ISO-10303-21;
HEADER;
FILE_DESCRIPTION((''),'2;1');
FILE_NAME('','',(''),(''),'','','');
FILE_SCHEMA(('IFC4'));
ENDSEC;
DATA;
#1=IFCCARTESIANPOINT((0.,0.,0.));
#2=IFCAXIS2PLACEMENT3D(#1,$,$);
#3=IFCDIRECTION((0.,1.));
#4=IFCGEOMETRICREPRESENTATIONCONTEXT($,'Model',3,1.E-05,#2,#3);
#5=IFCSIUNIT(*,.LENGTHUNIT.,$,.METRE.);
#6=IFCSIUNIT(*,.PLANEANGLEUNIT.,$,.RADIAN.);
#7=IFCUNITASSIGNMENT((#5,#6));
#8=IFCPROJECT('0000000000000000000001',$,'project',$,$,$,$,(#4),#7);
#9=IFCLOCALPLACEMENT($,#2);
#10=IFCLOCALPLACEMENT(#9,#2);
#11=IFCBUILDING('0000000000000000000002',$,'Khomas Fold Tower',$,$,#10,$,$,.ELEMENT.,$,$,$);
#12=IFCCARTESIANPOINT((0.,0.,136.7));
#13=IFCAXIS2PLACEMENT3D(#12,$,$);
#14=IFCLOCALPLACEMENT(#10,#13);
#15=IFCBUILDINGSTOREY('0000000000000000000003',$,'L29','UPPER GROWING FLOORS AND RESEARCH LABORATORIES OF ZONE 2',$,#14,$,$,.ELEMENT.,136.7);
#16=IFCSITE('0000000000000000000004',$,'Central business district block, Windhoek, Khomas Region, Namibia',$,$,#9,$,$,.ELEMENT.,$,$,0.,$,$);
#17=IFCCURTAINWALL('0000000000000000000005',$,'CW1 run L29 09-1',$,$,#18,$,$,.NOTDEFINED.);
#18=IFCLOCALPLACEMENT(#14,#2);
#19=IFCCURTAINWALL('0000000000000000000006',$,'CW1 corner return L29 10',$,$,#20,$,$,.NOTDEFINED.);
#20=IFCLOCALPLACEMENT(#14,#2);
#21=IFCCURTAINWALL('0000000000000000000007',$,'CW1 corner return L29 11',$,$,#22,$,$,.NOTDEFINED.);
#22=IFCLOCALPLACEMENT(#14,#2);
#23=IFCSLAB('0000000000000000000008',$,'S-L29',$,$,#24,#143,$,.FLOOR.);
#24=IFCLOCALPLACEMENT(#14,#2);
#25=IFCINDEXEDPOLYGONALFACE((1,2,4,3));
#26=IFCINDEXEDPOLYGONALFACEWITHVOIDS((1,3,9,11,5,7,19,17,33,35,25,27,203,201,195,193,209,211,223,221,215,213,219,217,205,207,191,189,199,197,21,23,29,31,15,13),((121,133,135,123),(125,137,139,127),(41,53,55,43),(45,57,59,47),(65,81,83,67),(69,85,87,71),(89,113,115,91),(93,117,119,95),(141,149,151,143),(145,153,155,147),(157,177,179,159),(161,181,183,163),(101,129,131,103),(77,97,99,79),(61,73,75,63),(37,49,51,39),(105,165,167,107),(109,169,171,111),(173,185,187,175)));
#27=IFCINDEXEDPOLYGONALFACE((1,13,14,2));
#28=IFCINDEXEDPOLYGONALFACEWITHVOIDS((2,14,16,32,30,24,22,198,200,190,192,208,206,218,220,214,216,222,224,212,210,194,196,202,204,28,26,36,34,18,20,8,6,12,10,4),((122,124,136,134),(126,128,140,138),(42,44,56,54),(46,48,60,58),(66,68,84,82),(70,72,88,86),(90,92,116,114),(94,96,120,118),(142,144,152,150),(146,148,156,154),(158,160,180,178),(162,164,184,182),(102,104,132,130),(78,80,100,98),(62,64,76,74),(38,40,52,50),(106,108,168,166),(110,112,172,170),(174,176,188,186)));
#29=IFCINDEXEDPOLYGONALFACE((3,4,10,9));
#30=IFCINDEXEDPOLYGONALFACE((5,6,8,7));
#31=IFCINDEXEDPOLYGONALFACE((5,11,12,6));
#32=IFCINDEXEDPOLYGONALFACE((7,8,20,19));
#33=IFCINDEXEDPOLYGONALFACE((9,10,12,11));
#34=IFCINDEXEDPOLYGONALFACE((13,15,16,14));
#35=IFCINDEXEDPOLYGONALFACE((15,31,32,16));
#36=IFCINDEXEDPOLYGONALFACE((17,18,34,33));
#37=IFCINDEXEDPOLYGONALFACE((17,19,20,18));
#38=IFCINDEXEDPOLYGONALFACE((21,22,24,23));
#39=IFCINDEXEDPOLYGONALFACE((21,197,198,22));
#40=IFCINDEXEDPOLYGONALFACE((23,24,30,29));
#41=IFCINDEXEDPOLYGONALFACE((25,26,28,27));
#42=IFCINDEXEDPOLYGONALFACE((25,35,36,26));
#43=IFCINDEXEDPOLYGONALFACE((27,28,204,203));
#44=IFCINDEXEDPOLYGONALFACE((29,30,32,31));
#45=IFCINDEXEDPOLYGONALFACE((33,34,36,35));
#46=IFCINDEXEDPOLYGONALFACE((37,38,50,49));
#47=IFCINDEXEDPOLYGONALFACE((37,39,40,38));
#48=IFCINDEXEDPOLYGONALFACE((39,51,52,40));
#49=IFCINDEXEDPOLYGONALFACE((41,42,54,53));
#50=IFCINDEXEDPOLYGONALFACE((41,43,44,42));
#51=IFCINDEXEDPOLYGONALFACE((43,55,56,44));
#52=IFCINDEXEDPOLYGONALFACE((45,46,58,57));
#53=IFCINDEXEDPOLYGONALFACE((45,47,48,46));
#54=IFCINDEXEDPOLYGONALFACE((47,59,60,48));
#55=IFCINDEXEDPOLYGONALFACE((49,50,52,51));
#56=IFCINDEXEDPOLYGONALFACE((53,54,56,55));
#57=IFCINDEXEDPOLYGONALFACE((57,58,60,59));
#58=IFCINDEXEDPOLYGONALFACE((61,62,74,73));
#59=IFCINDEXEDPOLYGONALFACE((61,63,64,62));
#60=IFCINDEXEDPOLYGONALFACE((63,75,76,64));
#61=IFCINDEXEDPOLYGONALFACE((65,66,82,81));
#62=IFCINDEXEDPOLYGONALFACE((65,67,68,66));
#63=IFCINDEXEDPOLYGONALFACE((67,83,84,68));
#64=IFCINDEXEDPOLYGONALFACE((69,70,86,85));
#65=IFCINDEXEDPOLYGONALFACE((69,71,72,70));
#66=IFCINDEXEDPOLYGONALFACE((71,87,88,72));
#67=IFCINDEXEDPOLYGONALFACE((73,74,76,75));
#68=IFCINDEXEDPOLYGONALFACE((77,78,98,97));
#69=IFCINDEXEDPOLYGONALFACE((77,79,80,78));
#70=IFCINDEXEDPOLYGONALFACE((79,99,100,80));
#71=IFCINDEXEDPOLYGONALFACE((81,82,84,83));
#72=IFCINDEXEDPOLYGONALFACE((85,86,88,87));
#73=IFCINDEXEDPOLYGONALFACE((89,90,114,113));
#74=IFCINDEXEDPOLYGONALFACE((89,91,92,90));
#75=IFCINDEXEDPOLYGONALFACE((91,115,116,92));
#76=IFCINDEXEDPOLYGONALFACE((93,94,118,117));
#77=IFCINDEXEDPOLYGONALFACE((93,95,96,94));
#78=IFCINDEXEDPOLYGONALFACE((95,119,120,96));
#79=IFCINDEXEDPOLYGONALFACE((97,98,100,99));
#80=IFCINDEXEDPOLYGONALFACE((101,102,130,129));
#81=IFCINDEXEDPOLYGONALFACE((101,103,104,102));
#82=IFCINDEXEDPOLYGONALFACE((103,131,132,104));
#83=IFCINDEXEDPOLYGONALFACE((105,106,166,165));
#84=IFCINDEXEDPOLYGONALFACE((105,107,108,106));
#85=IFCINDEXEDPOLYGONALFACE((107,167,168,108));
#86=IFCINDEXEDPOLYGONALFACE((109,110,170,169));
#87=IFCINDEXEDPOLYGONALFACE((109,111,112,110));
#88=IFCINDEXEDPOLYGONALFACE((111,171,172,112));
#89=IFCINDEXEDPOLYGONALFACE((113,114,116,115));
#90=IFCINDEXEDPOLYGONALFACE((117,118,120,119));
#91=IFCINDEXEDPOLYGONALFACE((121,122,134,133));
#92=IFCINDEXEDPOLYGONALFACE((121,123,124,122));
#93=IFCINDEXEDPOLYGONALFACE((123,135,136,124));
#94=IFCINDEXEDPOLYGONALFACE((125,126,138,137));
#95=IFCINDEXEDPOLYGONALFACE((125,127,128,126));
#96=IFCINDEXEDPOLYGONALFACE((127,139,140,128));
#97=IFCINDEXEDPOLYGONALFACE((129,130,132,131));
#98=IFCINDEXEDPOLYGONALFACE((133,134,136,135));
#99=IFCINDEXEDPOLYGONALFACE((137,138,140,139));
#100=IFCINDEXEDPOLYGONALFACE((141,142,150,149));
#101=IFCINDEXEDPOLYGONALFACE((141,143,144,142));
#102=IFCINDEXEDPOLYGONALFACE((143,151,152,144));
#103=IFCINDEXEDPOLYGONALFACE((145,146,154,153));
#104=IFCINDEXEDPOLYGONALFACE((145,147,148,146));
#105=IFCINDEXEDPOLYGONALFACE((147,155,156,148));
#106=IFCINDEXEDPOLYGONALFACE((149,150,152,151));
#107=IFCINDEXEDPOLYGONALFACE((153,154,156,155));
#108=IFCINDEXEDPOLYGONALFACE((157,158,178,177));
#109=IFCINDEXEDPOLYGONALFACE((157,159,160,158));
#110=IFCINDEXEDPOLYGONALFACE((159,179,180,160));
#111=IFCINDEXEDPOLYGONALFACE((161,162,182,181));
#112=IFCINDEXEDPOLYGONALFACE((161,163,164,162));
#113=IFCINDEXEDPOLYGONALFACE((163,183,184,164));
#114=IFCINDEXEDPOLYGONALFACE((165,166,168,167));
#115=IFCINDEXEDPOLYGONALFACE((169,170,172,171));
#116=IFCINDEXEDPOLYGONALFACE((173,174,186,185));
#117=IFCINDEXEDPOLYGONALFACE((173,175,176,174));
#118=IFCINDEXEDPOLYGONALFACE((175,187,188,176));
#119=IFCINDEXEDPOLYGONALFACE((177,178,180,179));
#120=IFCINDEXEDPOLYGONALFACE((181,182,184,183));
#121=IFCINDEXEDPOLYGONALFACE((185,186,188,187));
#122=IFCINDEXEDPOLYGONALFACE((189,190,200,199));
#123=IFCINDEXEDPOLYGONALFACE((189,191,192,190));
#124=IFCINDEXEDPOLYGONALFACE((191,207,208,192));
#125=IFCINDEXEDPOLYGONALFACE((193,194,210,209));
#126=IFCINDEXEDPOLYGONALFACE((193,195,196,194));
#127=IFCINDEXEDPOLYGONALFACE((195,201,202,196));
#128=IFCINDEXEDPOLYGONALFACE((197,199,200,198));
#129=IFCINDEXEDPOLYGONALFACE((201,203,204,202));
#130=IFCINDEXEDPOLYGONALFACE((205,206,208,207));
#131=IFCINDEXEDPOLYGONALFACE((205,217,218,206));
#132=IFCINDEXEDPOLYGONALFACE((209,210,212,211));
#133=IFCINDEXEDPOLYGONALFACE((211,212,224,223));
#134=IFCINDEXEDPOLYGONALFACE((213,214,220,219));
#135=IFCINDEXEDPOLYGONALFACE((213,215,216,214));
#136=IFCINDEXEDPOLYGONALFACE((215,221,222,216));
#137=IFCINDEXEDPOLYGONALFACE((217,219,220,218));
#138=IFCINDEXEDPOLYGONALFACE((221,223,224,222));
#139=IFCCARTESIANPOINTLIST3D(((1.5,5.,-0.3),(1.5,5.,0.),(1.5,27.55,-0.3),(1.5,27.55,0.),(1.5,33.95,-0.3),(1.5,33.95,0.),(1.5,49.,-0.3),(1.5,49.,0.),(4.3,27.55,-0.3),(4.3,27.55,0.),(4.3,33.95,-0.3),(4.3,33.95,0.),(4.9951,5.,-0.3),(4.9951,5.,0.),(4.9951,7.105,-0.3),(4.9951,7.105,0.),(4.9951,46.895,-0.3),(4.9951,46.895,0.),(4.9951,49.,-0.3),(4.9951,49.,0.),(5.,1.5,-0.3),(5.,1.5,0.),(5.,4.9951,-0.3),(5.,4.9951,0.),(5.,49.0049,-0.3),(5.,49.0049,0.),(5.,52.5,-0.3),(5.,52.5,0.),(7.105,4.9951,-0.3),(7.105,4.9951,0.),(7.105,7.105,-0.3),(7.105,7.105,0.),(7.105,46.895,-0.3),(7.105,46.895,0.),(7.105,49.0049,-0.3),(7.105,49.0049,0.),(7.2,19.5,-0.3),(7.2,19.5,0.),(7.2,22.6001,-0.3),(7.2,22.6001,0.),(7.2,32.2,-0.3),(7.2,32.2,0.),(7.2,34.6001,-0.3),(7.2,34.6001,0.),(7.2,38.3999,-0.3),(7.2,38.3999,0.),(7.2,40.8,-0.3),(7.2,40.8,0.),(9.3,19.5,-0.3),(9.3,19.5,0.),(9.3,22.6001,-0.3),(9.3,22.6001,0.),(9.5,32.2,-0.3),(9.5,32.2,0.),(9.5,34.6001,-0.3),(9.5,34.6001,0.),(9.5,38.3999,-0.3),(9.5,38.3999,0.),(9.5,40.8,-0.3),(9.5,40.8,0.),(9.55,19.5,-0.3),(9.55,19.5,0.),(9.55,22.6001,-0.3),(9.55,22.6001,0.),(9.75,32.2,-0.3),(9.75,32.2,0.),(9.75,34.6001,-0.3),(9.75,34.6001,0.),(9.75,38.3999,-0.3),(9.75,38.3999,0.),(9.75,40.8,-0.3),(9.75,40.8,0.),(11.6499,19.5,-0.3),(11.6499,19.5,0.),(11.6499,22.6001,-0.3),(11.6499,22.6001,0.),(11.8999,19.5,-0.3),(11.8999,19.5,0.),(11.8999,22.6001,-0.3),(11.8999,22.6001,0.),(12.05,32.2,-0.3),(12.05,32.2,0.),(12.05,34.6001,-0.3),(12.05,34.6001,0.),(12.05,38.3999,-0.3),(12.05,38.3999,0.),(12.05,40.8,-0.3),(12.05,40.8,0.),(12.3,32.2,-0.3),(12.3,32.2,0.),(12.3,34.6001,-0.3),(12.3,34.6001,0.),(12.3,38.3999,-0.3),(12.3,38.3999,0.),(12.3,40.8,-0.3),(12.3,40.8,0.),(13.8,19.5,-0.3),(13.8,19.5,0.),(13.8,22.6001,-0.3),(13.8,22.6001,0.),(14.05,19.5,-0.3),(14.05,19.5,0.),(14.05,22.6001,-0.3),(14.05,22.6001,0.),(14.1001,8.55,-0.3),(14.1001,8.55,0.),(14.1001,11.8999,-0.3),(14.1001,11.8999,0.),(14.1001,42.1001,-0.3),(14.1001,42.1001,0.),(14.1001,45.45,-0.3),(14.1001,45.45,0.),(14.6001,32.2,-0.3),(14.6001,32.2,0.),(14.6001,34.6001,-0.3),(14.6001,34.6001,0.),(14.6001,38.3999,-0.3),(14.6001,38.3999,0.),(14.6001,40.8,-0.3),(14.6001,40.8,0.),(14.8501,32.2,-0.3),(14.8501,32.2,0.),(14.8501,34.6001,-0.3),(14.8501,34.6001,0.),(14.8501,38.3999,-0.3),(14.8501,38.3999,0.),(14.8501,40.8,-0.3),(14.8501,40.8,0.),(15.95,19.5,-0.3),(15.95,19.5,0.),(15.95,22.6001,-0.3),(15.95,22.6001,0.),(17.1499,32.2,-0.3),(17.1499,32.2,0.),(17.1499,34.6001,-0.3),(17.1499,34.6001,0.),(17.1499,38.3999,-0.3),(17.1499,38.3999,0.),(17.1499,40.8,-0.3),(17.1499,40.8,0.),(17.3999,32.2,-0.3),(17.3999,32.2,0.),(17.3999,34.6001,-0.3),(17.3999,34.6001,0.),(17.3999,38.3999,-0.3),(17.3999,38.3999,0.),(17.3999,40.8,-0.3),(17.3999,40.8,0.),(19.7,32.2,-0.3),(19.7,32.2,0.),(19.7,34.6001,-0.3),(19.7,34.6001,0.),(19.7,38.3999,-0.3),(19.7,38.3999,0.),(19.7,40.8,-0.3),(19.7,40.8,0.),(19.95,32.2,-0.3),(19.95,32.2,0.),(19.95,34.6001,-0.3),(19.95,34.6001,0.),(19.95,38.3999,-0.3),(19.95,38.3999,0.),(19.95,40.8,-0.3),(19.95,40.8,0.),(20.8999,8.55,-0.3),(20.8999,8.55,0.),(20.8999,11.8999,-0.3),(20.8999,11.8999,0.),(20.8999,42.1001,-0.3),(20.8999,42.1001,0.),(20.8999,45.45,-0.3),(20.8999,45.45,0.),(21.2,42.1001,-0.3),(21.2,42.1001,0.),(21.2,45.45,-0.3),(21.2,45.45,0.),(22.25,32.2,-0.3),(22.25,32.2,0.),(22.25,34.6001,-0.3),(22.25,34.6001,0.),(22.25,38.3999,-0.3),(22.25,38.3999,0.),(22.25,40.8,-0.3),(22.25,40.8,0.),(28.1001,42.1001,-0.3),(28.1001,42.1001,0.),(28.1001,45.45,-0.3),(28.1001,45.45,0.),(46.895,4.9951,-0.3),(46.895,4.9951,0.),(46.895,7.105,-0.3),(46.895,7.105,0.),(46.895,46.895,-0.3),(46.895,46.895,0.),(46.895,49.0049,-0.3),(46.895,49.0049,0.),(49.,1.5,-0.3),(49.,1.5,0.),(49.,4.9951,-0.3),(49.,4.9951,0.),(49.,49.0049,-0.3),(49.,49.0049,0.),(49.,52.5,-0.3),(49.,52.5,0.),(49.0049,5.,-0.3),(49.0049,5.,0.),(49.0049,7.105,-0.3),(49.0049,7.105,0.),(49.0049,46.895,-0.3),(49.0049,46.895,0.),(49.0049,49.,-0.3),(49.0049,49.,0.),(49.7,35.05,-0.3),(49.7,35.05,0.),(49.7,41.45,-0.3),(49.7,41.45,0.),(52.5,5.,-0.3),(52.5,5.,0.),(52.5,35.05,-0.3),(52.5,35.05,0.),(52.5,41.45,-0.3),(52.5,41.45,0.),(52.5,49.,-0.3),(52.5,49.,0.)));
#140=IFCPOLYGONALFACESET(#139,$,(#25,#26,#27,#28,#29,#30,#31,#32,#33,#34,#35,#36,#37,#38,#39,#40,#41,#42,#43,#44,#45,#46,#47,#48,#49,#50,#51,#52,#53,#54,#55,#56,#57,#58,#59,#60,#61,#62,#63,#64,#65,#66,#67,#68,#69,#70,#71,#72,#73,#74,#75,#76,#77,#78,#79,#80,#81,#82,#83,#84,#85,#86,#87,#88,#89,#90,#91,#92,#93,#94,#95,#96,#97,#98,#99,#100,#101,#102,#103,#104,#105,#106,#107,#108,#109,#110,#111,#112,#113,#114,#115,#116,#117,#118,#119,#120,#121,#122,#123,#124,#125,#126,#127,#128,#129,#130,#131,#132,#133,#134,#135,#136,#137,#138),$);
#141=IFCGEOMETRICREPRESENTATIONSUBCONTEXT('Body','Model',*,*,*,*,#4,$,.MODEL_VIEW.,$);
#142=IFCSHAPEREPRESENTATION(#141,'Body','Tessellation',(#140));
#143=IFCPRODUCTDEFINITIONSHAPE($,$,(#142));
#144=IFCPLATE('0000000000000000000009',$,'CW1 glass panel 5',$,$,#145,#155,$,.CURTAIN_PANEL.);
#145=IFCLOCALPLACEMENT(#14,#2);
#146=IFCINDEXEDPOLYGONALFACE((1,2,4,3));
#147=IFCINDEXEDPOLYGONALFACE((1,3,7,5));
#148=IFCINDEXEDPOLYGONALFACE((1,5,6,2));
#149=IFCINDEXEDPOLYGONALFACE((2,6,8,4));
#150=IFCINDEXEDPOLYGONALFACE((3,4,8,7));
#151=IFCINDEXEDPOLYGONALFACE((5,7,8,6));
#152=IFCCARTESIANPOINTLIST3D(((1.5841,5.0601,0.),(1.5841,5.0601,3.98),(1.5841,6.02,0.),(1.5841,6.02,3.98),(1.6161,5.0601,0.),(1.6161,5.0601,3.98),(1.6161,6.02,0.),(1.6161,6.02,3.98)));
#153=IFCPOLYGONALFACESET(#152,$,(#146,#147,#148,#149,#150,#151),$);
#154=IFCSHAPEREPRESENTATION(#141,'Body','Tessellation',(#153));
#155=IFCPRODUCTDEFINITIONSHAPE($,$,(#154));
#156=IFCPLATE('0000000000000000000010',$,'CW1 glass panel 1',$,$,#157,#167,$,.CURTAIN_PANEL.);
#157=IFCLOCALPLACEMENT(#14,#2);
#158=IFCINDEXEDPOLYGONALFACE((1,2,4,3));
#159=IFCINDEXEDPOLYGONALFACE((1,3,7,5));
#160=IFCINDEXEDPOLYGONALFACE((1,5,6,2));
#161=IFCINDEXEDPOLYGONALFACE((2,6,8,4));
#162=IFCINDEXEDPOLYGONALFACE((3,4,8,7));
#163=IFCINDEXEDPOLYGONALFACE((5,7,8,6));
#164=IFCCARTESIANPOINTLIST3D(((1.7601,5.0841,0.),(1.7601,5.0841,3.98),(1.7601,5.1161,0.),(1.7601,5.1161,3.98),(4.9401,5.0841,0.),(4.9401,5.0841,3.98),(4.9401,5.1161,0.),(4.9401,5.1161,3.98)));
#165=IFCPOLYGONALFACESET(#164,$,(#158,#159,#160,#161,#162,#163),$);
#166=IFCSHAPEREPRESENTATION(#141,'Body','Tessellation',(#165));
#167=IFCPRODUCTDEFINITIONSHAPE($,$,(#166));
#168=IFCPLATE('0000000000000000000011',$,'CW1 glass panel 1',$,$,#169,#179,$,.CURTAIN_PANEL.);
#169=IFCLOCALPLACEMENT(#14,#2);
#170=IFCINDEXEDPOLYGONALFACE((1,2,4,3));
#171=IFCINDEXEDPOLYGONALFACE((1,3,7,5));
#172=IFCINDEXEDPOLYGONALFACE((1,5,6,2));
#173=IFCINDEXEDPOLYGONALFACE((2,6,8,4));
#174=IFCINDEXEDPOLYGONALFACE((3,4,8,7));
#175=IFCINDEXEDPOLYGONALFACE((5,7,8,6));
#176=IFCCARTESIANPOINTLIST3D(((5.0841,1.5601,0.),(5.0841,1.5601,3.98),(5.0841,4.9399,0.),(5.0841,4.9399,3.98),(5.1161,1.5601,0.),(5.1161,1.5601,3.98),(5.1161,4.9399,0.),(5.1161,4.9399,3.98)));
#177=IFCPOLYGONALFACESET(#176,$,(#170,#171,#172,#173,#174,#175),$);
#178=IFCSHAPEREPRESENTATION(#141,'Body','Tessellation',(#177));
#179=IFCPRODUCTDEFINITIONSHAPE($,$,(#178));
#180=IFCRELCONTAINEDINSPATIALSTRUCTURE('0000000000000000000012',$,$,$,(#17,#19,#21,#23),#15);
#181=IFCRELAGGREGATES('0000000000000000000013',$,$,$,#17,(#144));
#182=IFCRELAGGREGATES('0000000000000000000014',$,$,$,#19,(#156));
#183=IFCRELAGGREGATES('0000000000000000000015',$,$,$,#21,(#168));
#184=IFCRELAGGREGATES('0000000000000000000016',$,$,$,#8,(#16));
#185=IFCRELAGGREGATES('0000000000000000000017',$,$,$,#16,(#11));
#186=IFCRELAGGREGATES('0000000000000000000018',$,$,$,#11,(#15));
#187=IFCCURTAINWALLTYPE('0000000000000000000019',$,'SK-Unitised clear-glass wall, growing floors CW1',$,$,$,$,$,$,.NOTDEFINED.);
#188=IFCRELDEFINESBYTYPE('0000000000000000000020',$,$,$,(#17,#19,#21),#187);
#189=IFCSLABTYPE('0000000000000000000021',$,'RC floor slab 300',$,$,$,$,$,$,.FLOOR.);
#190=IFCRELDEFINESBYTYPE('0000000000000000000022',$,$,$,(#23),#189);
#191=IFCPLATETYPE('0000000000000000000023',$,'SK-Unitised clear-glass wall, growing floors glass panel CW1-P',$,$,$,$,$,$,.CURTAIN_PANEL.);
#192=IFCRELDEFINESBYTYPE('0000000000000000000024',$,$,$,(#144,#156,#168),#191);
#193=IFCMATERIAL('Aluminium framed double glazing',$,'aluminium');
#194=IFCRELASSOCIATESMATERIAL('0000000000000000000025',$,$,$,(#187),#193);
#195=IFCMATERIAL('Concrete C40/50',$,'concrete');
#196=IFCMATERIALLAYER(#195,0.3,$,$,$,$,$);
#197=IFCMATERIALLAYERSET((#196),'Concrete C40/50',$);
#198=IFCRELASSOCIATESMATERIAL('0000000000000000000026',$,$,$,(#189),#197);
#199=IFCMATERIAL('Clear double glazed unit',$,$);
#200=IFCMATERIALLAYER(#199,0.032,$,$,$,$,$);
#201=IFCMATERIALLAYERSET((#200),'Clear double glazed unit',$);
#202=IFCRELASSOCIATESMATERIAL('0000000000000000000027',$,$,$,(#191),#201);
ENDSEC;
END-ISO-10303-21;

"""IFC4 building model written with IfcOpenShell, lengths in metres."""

from ifc_helpers import new_model, si_unit, direction, frame, origin, origin_2d, place, context, subcontext, project, spatial, polyline, rectangle, outline, extrude, source, transform, mapped, material, layer, layer_set, type_object, element, aggregate, save


model = new_model("IFC4")

# Units and contexts
model_context = context("Model", 3, precision=1e-05, world=origin(), true_north=direction((0.0, 1.0)))
body_context = subcontext(model_context, "Body", "Model", "MODEL_VIEW")
ifc_project = project(units=[si_unit("LENGTHUNIT", "METRE"), si_unit("PLANEANGLEUNIT", "RADIAN")], contexts=[model_context])

# Site, building, storey
site_placement = place(None, origin())
site = spatial("IfcSite", under=ifc_project, at=site_placement, Name="Central business district block, Windhoek, Khomas Region, Namibia", CompositionType="ELEMENT", RefElevation=0.0)
building_placement = place(site_placement, origin())
building = spatial("IfcBuilding", under=site, at=building_placement, Name="Khomas Fold Tower", CompositionType="ELEMENT")
storey_placement = place(building_placement, frame((0.0, 0.0, 136.7)))
storey = spatial("IfcBuildingStorey", under=building, at=storey_placement, Name="L29", Description="UPPER GROWING FLOORS AND RESEARCH LABORATORIES OF ZONE 2", CompositionType="ELEMENT", Elevation=136.7)

# Curtain walls
ifc_material_1 = material(Name="Aluminium framed double glazing", Category="aluminium")
curtain_wall_type = type_object("IfcCurtainWallType", Name="SK-Unitised clear-glass wall, growing floors CW1", PredefinedType="NOTDEFINED", material=ifc_material_1)
curtain_wall_1_placement = place(storey_placement, origin())
curtain_wall_1 = element("IfcCurtainWall", 1, at=curtain_wall_1_placement, inside=storey, type_object=curtain_wall_type, Name="CW1 run L29 09-1", PredefinedType="NOTDEFINED")
curtain_wall_2_placement = place(storey_placement, origin())
curtain_wall_2 = element("IfcCurtainWall", 2, at=curtain_wall_2_placement, inside=storey, type_object=curtain_wall_type, Name="CW1 corner return L29 10", PredefinedType="NOTDEFINED")

# Curtain wall
curtain_wall_3_placement = place(storey_placement, origin())
curtain_wall_3 = element("IfcCurtainWall", 3, at=curtain_wall_3_placement, inside=storey, type_object=curtain_wall_type, Name="CW1 corner return L29 11", PredefinedType="NOTDEFINED")

# Slab
ifc_material_2 = material(Name="Concrete C40/50", Category="concrete")
ifc_layer_1 = layer(ifc_material_2, 0.3)
ifc_layer_set_1 = layer_set([ifc_layer_1], Name="Concrete C40/50")
slab_type_1 = type_object("IfcSlabType", Name="RC floor slab 300", PredefinedType="FLOOR", material=ifc_layer_set_1)
shared_shape_1 = source(origin(), body_context, "Body", "SweptSolid", [
    extrude(outline(polyline([(1.5, 5.0), (4.9951, 5.0), (4.9951, 7.105), (7.105, 7.105), (7.105, 4.9951), (5.0, 4.9951), (5.0, 1.5), (49.0, 1.5), (49.0, 4.9951), (46.895, 4.9951), (46.895, 7.105), (49.0049, 7.105), (49.0049, 5.0), (52.5, 5.0), (52.5, 35.05), (49.7, 35.05), (49.7, 41.45), (52.5, 41.45), (52.5, 49.0), (49.0049, 49.0), (49.0049, 46.895), (46.895, 46.895), (46.895, 49.0049), (49.0, 49.0049), (49.0, 52.5), (5.0, 52.5), (5.0, 49.0049), (7.105, 49.0049), (7.105, 46.895), (4.9951, 46.895), (4.9951, 49.0), (1.5, 49.0), (1.5, 33.95), (4.3, 33.95), (4.3, 27.55), (1.5, 27.55), (1.5, 5.0)]), holes=[polyline([(7.2, 19.5), (7.2, 22.6001), (9.3, 22.6001), (9.3, 19.5), (7.2, 19.5)]), polyline([(7.2, 32.2), (7.2, 34.6001), (9.5, 34.6001), (9.5, 32.2), (7.2, 32.2)]), polyline([(7.2, 38.3999), (7.2, 40.8), (9.5, 40.8), (9.5, 38.3999), (7.2, 38.3999)]), polyline([(9.55, 19.5), (9.55, 22.6001), (11.6499, 22.6001), (11.6499, 19.5), (9.55, 19.5)]), polyline([(9.75, 32.2), (9.75, 34.6001), (12.05, 34.6001), (12.05, 32.2), (9.75, 32.2)]), polyline([(9.75, 38.3999), (9.75, 40.8), (12.05, 40.8), (12.05, 38.3999), (9.75, 38.3999)]), polyline([(11.8999, 19.5), (11.8999, 22.6001), (13.8, 22.6001), (13.8, 19.5), (11.8999, 19.5)]), polyline([(12.3, 32.2), (12.3, 34.6001), (14.6001, 34.6001), (14.6001, 32.2), (12.3, 32.2)]), polyline([(12.3, 38.3999), (12.3, 40.8), (14.6001, 40.8), (14.6001, 38.3999), (12.3, 38.3999)]), polyline([(14.05, 19.5), (14.05, 22.6001), (15.95, 22.6001), (15.95, 19.5), (14.05, 19.5)]), polyline([(14.1001, 8.55), (14.1001, 11.8999), (20.8999, 11.8999), (20.8999, 8.55), (14.1001, 8.55)]), polyline([(14.1001, 42.1001), (14.1001, 45.45), (20.8999, 45.45), (20.8999, 42.1001), (14.1001, 42.1001)]), polyline([(14.8501, 32.2), (14.8501, 34.6001), (17.1499, 34.6001), (17.1499, 32.2), (14.8501, 32.2)]), polyline([(14.8501, 38.3999), (14.8501, 40.8), (17.1499, 40.8), (17.1499, 38.3999), (14.8501, 38.3999)]), polyline([(17.3999, 32.2), (17.3999, 34.6001), (19.7, 34.6001), (19.7, 32.2), (17.3999, 32.2)]), polyline([(17.3999, 38.3999), (17.3999, 40.8), (19.7, 40.8), (19.7, 38.3999), (17.3999, 38.3999)]), polyline([(19.95, 32.2), (19.95, 34.6001), (22.25, 34.6001), (22.25, 32.2), (19.95, 32.2)]), polyline([(19.95, 38.3999), (19.95, 40.8), (22.25, 40.8), (22.25, 38.3999), (19.95, 38.3999)]), polyline([(21.2, 42.1001), (21.2, 45.45), (28.1001, 45.45), (28.1001, 42.1001), (21.2, 42.1001)])]), origin(), (0.0, 0.0, 1.0), 0.3),
])
slab_1_placement = place(storey_placement, frame((0.0, 0.0, -0.3)))
element("IfcSlab", 4, at=slab_1_placement, inside=storey, type_object=slab_type_1, Name="S-L29", PredefinedType="FLOOR", context=body_context, shape_type="MappedRepresentation", body=[
    mapped(shared_shape_1, transform((0.0, 0.0, 0.0))),
])

# Plates
ifc_material_3 = material(Name="Clear double glazed unit")
ifc_layer_2 = layer(ifc_material_3, 0.032)
ifc_layer_set_2 = layer_set([ifc_layer_2], Name="Clear double glazed unit")
plate_type = type_object("IfcPlateType", Name="SK-Unitised clear-glass wall, growing floors glass panel CW1-P", PredefinedType="CURTAIN_PANEL", material=ifc_layer_set_2)
shared_shape_2 = source(origin(), body_context, "Body", "SweptSolid", [
    extrude(rectangle(XDim=0.96, YDim=0.032, at=origin_2d()), origin(), (0.0, 0.0, 1.0), 3.98),
])
plate_1_placement = place(storey_placement, frame((1.6001, 5.54, 0.0), z_axis=(0.0, 0.0, 1.0), x_axis=(0.0, -1.0, 0.0)))
plate_1 = element("IfcPlate", 5, at=plate_1_placement, type_object=plate_type, Name="CW1 glass panel 5", PredefinedType="CURTAIN_PANEL", context=body_context, shape_type="MappedRepresentation", body=[
    mapped(shared_shape_2, transform((0.0, 0.0, 0.0))),
])
aggregate(curtain_wall_1, [plate_1])
shared_shape_3 = source(origin(), body_context, "Body", "SweptSolid", [
    extrude(rectangle(XDim=3.1799, YDim=0.032, at=origin_2d()), origin(), (0.0, 0.0, 1.0), 3.98),
])
plate_2_placement = place(storey_placement, frame((3.3501, 5.1001, 0.0), z_axis=(0.0, 0.0, 1.0), x_axis=(1.0, 0.0, 0.0)))
plate_2 = element("IfcPlate", 6, at=plate_2_placement, type_object=plate_type, Name="CW1 glass panel 1", PredefinedType="CURTAIN_PANEL", context=body_context, shape_type="MappedRepresentation", body=[
    mapped(shared_shape_3, transform((0.0, 0.0, 0.0))),
])
aggregate(curtain_wall_2, [plate_2])
shared_shape_4 = source(origin(), body_context, "Body", "SweptSolid", [
    extrude(rectangle(XDim=3.3799, YDim=0.032, at=origin_2d()), origin(), (0.0, 0.0, 1.0), 3.98),
])
plate_3_placement = place(storey_placement, frame((5.1001, 3.25, 0.0), z_axis=(0.0, 0.0, 1.0), x_axis=(0.0, -1.0, 0.0)))
plate_3 = element("IfcPlate", 7, at=plate_3_placement, type_object=plate_type, Name="CW1 glass panel 1", PredefinedType="CURTAIN_PANEL", context=body_context, shape_type="MappedRepresentation", body=[
    mapped(shared_shape_4, transform((0.0, 0.0, 0.0))),
])
aggregate(curtain_wall_3, [plate_3])

save(model, "model.ifc")
